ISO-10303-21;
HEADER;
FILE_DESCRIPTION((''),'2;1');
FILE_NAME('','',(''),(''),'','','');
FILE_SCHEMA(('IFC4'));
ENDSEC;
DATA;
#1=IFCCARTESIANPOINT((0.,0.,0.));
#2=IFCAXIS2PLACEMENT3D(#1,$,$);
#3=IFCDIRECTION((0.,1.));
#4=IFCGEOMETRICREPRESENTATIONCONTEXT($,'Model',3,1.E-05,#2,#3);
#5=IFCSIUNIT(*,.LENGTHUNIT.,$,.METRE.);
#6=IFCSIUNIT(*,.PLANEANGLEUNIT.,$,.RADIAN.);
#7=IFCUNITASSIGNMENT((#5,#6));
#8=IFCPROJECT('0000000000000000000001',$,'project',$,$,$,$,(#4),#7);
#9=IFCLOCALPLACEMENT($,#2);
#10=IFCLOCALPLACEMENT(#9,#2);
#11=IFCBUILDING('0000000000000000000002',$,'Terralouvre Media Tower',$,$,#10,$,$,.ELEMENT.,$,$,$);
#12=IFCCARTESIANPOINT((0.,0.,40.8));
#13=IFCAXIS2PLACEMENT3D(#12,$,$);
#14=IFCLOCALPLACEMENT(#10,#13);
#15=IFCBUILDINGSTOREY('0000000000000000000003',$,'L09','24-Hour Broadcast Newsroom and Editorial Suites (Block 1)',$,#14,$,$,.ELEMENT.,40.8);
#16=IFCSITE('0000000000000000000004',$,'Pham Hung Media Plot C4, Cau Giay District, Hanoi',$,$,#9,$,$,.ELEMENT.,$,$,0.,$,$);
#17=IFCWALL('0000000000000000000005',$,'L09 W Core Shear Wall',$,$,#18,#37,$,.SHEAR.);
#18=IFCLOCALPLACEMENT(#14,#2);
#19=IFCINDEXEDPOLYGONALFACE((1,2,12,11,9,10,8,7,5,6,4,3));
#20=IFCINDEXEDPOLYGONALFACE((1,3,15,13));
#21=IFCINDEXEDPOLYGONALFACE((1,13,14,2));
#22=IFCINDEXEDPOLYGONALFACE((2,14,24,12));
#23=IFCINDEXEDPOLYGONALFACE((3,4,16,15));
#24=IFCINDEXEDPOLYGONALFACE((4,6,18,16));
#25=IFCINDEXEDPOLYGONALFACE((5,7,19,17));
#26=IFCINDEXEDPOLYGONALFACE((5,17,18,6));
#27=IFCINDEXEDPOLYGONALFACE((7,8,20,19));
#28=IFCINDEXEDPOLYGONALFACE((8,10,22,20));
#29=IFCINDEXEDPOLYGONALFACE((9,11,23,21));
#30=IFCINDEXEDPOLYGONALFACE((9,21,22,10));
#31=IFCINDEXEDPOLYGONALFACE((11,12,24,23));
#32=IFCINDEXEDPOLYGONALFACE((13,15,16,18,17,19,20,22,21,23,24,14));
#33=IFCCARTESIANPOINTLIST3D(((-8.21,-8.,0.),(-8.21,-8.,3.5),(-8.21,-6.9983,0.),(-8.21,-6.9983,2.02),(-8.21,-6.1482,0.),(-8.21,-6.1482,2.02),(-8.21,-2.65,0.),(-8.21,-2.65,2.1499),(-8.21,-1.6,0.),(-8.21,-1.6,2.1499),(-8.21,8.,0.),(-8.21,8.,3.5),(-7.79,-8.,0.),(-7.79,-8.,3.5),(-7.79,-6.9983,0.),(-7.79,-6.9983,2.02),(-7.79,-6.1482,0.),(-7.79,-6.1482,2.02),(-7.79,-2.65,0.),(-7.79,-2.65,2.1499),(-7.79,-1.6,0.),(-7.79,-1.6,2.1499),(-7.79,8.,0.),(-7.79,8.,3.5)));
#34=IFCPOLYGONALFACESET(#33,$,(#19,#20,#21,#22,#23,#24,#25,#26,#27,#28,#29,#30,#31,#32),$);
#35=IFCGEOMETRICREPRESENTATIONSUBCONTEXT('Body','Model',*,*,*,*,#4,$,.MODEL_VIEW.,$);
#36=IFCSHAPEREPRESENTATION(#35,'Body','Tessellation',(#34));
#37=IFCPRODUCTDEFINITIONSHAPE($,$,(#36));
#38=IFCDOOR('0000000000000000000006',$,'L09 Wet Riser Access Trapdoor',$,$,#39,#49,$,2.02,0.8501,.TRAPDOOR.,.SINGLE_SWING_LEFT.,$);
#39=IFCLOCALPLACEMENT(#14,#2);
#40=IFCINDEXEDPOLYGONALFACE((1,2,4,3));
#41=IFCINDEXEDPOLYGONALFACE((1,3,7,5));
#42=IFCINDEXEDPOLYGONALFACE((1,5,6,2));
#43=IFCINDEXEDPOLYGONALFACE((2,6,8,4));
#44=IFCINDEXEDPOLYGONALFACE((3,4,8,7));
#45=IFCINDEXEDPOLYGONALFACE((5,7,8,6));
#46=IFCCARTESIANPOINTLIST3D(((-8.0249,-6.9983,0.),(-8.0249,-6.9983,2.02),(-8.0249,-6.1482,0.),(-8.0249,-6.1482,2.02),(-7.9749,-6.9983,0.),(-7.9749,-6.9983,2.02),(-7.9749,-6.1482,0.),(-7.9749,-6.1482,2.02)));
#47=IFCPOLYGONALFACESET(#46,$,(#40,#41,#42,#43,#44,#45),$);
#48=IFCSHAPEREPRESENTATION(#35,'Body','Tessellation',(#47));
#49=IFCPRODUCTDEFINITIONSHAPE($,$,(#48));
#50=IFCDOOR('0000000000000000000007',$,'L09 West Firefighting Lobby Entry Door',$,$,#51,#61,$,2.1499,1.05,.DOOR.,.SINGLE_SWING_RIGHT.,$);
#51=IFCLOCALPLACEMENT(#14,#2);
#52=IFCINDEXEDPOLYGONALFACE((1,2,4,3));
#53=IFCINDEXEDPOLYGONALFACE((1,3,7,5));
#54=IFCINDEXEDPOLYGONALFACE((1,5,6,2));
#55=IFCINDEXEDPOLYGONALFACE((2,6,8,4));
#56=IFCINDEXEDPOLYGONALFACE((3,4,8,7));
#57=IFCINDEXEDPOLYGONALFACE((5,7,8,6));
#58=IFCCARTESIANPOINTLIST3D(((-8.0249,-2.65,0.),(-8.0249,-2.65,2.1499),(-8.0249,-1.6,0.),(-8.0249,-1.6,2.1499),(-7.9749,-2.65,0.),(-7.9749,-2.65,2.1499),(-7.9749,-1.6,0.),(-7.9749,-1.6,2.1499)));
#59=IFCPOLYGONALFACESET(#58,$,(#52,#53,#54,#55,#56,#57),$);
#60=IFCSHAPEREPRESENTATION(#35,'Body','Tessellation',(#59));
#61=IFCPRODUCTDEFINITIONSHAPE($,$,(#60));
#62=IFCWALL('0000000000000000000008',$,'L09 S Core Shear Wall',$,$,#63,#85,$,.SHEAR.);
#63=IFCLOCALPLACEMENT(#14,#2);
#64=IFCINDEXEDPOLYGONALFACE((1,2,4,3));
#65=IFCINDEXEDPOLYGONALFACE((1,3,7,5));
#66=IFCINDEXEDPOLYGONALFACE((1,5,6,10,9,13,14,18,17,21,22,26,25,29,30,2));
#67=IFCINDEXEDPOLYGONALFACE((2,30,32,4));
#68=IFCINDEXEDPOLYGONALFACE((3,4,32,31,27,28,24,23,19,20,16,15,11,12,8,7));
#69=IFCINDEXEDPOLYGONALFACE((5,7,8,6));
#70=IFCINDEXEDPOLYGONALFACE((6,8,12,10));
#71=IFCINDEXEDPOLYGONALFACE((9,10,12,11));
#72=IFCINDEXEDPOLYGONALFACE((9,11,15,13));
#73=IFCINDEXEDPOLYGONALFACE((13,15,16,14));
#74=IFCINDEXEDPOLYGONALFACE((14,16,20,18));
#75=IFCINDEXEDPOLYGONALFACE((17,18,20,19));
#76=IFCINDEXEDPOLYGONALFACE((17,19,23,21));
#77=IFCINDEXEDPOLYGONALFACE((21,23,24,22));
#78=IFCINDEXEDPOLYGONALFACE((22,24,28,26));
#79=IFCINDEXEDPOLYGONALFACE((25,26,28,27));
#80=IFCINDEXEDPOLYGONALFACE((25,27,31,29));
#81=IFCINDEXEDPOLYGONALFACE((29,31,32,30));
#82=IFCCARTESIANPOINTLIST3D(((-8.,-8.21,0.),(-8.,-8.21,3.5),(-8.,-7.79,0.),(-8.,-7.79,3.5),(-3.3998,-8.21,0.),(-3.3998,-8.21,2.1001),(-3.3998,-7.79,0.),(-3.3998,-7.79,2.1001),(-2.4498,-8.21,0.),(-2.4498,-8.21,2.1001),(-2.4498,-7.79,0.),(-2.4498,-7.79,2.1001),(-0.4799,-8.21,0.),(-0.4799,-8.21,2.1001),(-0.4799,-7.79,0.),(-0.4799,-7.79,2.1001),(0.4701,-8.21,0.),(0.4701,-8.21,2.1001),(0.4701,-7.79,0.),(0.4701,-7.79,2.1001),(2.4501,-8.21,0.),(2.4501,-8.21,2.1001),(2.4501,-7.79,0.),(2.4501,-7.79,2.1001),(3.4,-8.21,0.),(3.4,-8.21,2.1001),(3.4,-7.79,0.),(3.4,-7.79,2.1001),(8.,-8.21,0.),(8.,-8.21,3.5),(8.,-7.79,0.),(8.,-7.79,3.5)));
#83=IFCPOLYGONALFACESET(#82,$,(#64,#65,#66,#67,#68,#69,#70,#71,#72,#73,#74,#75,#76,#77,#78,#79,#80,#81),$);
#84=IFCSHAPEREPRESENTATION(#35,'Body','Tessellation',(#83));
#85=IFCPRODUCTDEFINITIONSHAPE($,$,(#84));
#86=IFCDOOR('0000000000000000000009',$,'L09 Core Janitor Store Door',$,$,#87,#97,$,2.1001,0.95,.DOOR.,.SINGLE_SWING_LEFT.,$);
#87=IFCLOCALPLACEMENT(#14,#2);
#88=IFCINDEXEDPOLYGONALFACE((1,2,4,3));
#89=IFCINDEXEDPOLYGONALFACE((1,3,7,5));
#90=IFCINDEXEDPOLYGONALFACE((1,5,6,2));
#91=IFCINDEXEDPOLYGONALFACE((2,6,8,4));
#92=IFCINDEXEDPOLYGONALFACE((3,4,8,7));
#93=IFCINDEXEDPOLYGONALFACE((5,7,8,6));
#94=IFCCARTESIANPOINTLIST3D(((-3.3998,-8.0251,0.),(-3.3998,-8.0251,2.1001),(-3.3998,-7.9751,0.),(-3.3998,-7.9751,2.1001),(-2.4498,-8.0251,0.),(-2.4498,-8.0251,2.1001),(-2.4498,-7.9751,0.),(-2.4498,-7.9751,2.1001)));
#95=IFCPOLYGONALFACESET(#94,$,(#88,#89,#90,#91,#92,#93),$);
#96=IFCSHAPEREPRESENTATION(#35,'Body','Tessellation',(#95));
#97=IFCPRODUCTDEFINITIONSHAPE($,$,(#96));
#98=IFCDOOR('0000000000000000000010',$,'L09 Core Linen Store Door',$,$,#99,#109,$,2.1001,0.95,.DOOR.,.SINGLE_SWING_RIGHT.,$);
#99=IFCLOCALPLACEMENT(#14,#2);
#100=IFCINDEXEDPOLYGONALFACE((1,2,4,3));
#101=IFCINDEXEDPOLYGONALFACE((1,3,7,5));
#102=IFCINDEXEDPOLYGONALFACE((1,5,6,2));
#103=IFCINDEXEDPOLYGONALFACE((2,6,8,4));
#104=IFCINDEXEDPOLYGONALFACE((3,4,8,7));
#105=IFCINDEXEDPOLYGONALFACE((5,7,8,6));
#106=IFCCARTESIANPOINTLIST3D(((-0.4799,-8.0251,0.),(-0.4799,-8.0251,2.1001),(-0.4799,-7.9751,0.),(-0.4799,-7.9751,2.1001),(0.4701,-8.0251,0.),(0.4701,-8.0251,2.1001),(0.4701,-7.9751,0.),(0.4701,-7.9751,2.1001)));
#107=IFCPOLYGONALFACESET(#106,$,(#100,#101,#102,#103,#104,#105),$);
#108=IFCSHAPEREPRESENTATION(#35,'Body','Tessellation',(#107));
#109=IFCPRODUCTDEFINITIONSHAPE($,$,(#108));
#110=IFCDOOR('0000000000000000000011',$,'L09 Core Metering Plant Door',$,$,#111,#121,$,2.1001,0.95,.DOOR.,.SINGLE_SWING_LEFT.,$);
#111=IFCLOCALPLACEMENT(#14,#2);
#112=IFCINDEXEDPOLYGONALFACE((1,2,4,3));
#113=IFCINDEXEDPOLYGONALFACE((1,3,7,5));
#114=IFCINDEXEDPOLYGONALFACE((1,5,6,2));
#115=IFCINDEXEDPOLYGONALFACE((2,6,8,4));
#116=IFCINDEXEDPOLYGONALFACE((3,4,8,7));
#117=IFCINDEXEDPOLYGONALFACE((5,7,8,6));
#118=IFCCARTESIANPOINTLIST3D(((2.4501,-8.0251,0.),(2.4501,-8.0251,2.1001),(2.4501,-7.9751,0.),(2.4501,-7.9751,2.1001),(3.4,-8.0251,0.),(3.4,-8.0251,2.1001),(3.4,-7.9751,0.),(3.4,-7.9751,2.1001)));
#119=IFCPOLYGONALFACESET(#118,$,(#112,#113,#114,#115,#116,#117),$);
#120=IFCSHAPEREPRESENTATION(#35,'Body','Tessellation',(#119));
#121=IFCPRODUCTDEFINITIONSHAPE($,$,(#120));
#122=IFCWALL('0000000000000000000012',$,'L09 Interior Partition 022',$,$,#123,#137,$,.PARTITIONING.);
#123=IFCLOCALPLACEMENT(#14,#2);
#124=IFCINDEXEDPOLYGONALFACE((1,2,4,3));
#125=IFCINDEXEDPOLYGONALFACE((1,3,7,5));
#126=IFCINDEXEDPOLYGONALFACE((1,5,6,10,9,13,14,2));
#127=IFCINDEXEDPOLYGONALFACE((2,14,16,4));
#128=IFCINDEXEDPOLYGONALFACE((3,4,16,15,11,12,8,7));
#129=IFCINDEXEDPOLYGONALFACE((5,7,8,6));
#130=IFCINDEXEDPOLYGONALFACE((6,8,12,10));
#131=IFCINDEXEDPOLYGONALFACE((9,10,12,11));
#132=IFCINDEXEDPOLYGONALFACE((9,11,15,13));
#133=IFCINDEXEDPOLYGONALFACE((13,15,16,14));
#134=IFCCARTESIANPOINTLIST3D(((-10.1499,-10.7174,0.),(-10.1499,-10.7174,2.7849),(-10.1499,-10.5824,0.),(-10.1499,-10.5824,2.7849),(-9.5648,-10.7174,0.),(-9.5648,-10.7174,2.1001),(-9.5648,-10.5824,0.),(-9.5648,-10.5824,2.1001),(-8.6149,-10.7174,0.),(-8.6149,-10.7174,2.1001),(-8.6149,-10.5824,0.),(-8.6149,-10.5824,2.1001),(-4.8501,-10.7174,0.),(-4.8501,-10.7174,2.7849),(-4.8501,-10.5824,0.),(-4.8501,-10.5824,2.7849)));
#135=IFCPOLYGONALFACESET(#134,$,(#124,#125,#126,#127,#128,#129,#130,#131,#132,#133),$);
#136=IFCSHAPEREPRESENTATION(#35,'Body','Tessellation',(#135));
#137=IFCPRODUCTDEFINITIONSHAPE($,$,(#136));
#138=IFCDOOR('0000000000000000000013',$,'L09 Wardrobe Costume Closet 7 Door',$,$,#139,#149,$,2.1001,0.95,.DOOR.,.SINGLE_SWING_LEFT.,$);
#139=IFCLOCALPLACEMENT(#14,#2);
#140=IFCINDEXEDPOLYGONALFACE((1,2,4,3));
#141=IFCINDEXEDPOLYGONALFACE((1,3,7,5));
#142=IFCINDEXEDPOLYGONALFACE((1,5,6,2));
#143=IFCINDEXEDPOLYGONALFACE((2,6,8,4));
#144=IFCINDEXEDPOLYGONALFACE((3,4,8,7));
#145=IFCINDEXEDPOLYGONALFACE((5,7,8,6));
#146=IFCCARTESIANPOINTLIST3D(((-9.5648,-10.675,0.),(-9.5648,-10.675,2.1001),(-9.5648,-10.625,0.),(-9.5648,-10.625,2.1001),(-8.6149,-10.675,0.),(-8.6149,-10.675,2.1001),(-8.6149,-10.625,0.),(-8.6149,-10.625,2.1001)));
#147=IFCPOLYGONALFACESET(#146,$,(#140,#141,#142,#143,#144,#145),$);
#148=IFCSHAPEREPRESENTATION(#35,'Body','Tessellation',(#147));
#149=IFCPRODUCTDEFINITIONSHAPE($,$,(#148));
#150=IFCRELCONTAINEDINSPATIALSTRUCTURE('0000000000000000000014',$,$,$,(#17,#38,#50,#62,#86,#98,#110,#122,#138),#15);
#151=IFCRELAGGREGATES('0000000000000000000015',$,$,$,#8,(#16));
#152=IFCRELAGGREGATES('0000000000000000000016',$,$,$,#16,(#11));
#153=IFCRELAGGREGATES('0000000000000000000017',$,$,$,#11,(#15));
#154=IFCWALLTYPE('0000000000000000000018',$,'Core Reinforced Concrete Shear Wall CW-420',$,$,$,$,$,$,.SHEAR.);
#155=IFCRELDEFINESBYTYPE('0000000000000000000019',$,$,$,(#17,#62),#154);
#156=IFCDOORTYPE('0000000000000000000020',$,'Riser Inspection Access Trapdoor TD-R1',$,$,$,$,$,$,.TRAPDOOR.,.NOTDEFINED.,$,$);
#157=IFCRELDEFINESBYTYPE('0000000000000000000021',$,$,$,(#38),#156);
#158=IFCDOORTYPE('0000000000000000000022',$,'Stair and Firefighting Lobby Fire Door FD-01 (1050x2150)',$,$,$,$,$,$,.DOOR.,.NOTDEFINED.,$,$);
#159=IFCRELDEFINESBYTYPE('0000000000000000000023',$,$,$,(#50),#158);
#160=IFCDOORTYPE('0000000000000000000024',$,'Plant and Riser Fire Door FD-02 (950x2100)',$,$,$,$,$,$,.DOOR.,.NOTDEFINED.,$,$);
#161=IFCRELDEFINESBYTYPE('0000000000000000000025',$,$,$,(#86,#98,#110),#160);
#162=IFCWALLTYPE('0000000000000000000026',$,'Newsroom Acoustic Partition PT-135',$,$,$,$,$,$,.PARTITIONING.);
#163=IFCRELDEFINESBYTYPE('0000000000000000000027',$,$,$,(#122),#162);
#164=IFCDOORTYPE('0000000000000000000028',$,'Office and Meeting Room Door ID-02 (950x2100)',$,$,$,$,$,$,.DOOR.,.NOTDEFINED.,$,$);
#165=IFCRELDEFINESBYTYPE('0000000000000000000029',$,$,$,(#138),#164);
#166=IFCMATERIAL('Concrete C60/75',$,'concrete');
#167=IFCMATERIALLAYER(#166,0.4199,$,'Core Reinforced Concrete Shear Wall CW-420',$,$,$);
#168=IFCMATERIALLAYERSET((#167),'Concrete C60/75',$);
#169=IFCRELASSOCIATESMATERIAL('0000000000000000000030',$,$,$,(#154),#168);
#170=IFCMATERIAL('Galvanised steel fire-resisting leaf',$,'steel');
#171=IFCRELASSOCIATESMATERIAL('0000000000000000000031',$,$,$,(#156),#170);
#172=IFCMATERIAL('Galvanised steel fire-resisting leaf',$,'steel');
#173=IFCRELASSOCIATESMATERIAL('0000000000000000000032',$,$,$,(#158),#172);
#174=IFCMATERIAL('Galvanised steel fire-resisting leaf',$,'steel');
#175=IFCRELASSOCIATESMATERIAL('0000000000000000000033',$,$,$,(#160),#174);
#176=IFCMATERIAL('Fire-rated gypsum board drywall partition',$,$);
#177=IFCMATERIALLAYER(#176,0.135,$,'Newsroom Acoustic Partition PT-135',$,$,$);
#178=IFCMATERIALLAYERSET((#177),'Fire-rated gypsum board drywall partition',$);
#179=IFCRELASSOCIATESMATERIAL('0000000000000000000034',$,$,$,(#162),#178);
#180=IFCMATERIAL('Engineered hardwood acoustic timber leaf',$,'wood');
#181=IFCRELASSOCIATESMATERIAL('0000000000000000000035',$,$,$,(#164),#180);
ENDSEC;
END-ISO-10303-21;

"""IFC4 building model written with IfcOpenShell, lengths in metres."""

from ifc_helpers import new_model, si_unit, direction, frame, frame_2d, origin, place, context, subcontext, project, spatial, rectangle, extrude, material, layer, layer_set, type_object, element, fill, save


model = new_model("IFC4")

# Units and contexts
model_context = context("Model", 3, precision=1e-05, world=origin(), true_north=direction((0.0, 1.0)))
body_context = subcontext(model_context, "Body", "Model", "MODEL_VIEW")
ifc_project = project(units=[si_unit("LENGTHUNIT", "METRE"), si_unit("PLANEANGLEUNIT", "RADIAN")], contexts=[model_context])

# Site, building, storey
site_placement = place(None, origin())
site = spatial("IfcSite", under=ifc_project, at=site_placement, Name="Pham Hung Media Plot C4, Cau Giay District, Hanoi", CompositionType="ELEMENT", RefElevation=0.0)
building_placement = place(site_placement, origin())
building = spatial("IfcBuilding", under=site, at=building_placement, Name="Terralouvre Media Tower", CompositionType="ELEMENT")
storey_placement = place(building_placement, frame((0.0, 0.0, 40.8)))
storey = spatial("IfcBuildingStorey", under=building, at=storey_placement, Name="L09", Description="24-Hour Broadcast Newsroom and Editorial Suites (Block 1)", CompositionType="ELEMENT", Elevation=40.8)

# Walls, openings, doors
ifc_material_1 = material(Name="Concrete C60/75", Category="concrete")
ifc_layer_1 = layer(ifc_material_1, 0.4199, Name="Core Reinforced Concrete Shear Wall CW-420")
ifc_layer_set_1 = layer_set([ifc_layer_1], Name="Concrete C60/75")
wall_type_1 = type_object("IfcWallType", Name="Core Reinforced Concrete Shear Wall CW-420", PredefinedType="SHEAR", material=ifc_layer_set_1)
wall_1_placement = place(storey_placement, frame((-8.0, -8.0, 0.0), z_axis=(0.0, 0.0, 1.0), x_axis=(0.0, 1.0, 0.0)))
wall_1 = element("IfcWall", 1, at=wall_1_placement, inside=storey, type_object=wall_type_1, Name="L09 W Core Shear Wall", PredefinedType="SHEAR", context=body_context, shape_type="SweptSolid", body=[
    extrude(rectangle(XDim=16.0, YDim=0.4199, at=frame_2d((8.0, 0.0))), origin(), (0.0, 0.0, 1.0), 3.5),
])
opening_1_placement = place(wall_1_placement, frame((1.0017, 0.0, 0.0)))
opening_1 = element("IfcOpeningElement", 2, at=opening_1_placement, cuts=wall_1, PredefinedType="OPENING", context=body_context, shape_type="SweptSolid", body=[
    extrude(rectangle(XDim=0.8501, YDim=2.02, at=frame_2d((0.425, 1.01))), frame((0.0, 0.22, 0.0), z_axis=(0.0, -1.0, 0.0), x_axis=(1.0, 0.0, 0.0)), (0.0, 0.0, 1.0), 0.4399),
])
opening_2_placement = place(wall_1_placement, frame((5.3501, 0.0, 0.0)))
opening_2 = element("IfcOpeningElement", 3, at=opening_2_placement, cuts=wall_1, PredefinedType="OPENING", context=body_context, shape_type="SweptSolid", body=[
    extrude(rectangle(XDim=1.05, YDim=2.1499, at=frame_2d((0.5249, 1.075))), frame((0.0, 0.22, 0.0), z_axis=(0.0, -1.0, 0.0), x_axis=(1.0, 0.0, 0.0)), (0.0, 0.0, 1.0), 0.4399),
])
ifc_material_2 = material(Name="Galvanised steel fire-resisting leaf", Category="steel")
door_type_1 = type_object("IfcDoorType", Name="Riser Inspection Access Trapdoor TD-R1", OperationType="NOTDEFINED", PredefinedType="TRAPDOOR", material=ifc_material_2)
door_1_placement = place(opening_1_placement, origin())
door_1 = element("IfcDoor", 4, at=door_1_placement, inside=storey, type_object=door_type_1, Name="L09 Wet Riser Access Trapdoor", OperationType="SINGLE_SWING_LEFT", OverallHeight=2.02, OverallWidth=0.8501, PredefinedType="TRAPDOOR", context=body_context, shape_type="SweptSolid", body=[
    extrude(rectangle(XDim=0.8501, YDim=2.02, at=frame_2d((0.425, 1.01))), frame((0.0, 0.0249, 0.0), z_axis=(0.0, -1.0, 0.0), x_axis=(1.0, 0.0, 0.0)), (0.0, 0.0, 1.0), 0.05),
])
fill(opening_1, door_1)
ifc_material_3 = material(Name="Galvanised steel fire-resisting leaf", Category="steel")
door_type_2 = type_object("IfcDoorType", Name="Stair and Firefighting Lobby Fire Door FD-01 (1050x2150)", OperationType="NOTDEFINED", PredefinedType="DOOR", material=ifc_material_3)
door_2_placement = place(opening_2_placement, origin())
door_2 = element("IfcDoor", 5, at=door_2_placement, inside=storey, type_object=door_type_2, Name="L09 West Firefighting Lobby Entry Door", OperationType="SINGLE_SWING_RIGHT", OverallHeight=2.1499, OverallWidth=1.05, PredefinedType="DOOR", context=body_context, shape_type="SweptSolid", body=[
    extrude(rectangle(XDim=1.05, YDim=2.1499, at=frame_2d((0.5249, 1.075))), frame((0.0, 0.0249, 0.0), z_axis=(0.0, -1.0, 0.0), x_axis=(1.0, 0.0, 0.0)), (0.0, 0.0, 1.0), 0.05),
])
fill(opening_2, door_2)
wall_2_placement = place(storey_placement, frame((-8.0, -8.0, 0.0), z_axis=(0.0, 0.0, 1.0), x_axis=(1.0, 0.0, 0.0)))
wall_2 = element("IfcWall", 6, at=wall_2_placement, inside=storey, type_object=wall_type_1, Name="L09 S Core Shear Wall", PredefinedType="SHEAR", context=body_context, shape_type="SweptSolid", body=[
    extrude(rectangle(XDim=16.0, YDim=0.4199, at=frame_2d((8.0, 0.0))), origin(), (0.0, 0.0, 1.0), 3.5),
])
opening_3_placement = place(wall_2_placement, frame((4.6001, 0.0, 0.0)))
opening_3 = element("IfcOpeningElement", 7, at=opening_3_placement, cuts=wall_2, PredefinedType="OPENING", context=body_context, shape_type="SweptSolid", body=[
    extrude(rectangle(XDim=0.95, YDim=2.1001, at=frame_2d((0.4751, 1.05))), frame((0.0, 0.22, 0.0), z_axis=(0.0, -1.0, 0.0), x_axis=(1.0, 0.0, 0.0)), (0.0, 0.0, 1.0), 0.4399),
])
opening_4_placement = place(wall_2_placement, frame((7.52, 0.0, 0.0)))
opening_4 = element("IfcOpeningElement", 8, at=opening_4_placement, cuts=wall_2, PredefinedType="OPENING", context=body_context, shape_type="SweptSolid", body=[
    extrude(rectangle(XDim=0.95, YDim=2.1001, at=frame_2d((0.4751, 1.05))), frame((0.0, 0.22, 0.0), z_axis=(0.0, -1.0, 0.0), x_axis=(1.0, 0.0, 0.0)), (0.0, 0.0, 1.0), 0.4399),
])
opening_5_placement = place(wall_2_placement, frame((10.45, 0.0, 0.0)))
opening_5 = element("IfcOpeningElement", 9, at=opening_5_placement, cuts=wall_2, PredefinedType="OPENING", context=body_context, shape_type="SweptSolid", body=[
    extrude(rectangle(XDim=0.95, YDim=2.1001, at=frame_2d((0.4751, 1.05))), frame((0.0, 0.22, 0.0), z_axis=(0.0, -1.0, 0.0), x_axis=(1.0, 0.0, 0.0)), (0.0, 0.0, 1.0), 0.4399),
])
ifc_material_4 = material(Name="Galvanised steel fire-resisting leaf", Category="steel")
door_type_3 = type_object("IfcDoorType", Name="Plant and Riser Fire Door FD-02 (950x2100)", OperationType="NOTDEFINED", PredefinedType="DOOR", material=ifc_material_4)
door_3_placement = place(opening_3_placement, origin())
door_3 = element("IfcDoor", 10, at=door_3_placement, inside=storey, type_object=door_type_3, Name="L09 Core Janitor Store Door", OperationType="SINGLE_SWING_LEFT", OverallHeight=2.1001, OverallWidth=0.95, PredefinedType="DOOR", context=body_context, shape_type="SweptSolid", body=[
    extrude(rectangle(XDim=0.95, YDim=2.1001, at=frame_2d((0.4751, 1.05))), frame((0.0, 0.0249, 0.0), z_axis=(0.0, -1.0, 0.0), x_axis=(1.0, 0.0, 0.0)), (0.0, 0.0, 1.0), 0.05),
])
fill(opening_3, door_3)
door_4_placement = place(opening_4_placement, origin())
door_4 = element("IfcDoor", 11, at=door_4_placement, inside=storey, type_object=door_type_3, Name="L09 Core Linen Store Door", OperationType="SINGLE_SWING_RIGHT", OverallHeight=2.1001, OverallWidth=0.95, PredefinedType="DOOR", context=body_context, shape_type="SweptSolid", body=[
    extrude(rectangle(XDim=0.95, YDim=2.1001, at=frame_2d((0.4751, 1.05))), frame((0.0, 0.0249, 0.0), z_axis=(0.0, -1.0, 0.0), x_axis=(1.0, 0.0, 0.0)), (0.0, 0.0, 1.0), 0.05),
])
fill(opening_4, door_4)
door_5_placement = place(opening_5_placement, origin())
door_5 = element("IfcDoor", 12, at=door_5_placement, inside=storey, type_object=door_type_3, Name="L09 Core Metering Plant Door", OperationType="SINGLE_SWING_LEFT", OverallHeight=2.1001, OverallWidth=0.95, PredefinedType="DOOR", context=body_context, shape_type="SweptSolid", body=[
    extrude(rectangle(XDim=0.95, YDim=2.1001, at=frame_2d((0.4751, 1.05))), frame((0.0, 0.0249, 0.0), z_axis=(0.0, -1.0, 0.0), x_axis=(1.0, 0.0, 0.0)), (0.0, 0.0, 1.0), 0.05),
])
fill(opening_5, door_5)

# Wall, opening, door
ifc_material_5 = material(Name="Fire-rated gypsum board drywall partition")
ifc_layer_2 = layer(ifc_material_5, 0.135, Name="Newsroom Acoustic Partition PT-135")
ifc_layer_set_2 = layer_set([ifc_layer_2], Name="Fire-rated gypsum board drywall partition")
wall_type_2 = type_object("IfcWallType", Name="Newsroom Acoustic Partition PT-135", PredefinedType="PARTITIONING", material=ifc_layer_set_2)
wall_3_placement = place(storey_placement, frame((-10.1499, -10.6499, 0.0), z_axis=(0.0, 0.0, 1.0), x_axis=(1.0, 0.0, 0.0)))
wall_3 = element("IfcWall", 13, at=wall_3_placement, inside=storey, type_object=wall_type_2, Name="L09 Interior Partition 022", PredefinedType="PARTITIONING", context=body_context, shape_type="SweptSolid", body=[
    extrude(rectangle(XDim=5.2998, YDim=0.135, at=frame_2d((2.6499, 0.0))), origin(), (0.0, 0.0, 1.0), 2.7849),
])
opening_6_placement = place(wall_3_placement, frame((0.585, 0.0, 0.0)))
opening_6 = element("IfcOpeningElement", 14, at=opening_6_placement, cuts=wall_3, PredefinedType="OPENING", context=body_context, shape_type="SweptSolid", body=[
    extrude(rectangle(XDim=0.95, YDim=2.1001, at=frame_2d((0.4751, 1.05))), frame((0.0, 0.0774, 0.0), z_axis=(0.0, -1.0, 0.0), x_axis=(1.0, 0.0, 0.0)), (0.0, 0.0, 1.0), 0.155),
])
ifc_material_6 = material(Name="Engineered hardwood acoustic timber leaf", Category="wood")
door_type_4 = type_object("IfcDoorType", Name="Office and Meeting Room Door ID-02 (950x2100)", OperationType="NOTDEFINED", PredefinedType="DOOR", material=ifc_material_6)
door_6_placement = place(opening_6_placement, origin())
door_6 = element("IfcDoor", 15, at=door_6_placement, inside=storey, type_object=door_type_4, Name="L09 Wardrobe Costume Closet 7 Door", OperationType="SINGLE_SWING_LEFT", OverallHeight=2.1001, OverallWidth=0.95, PredefinedType="DOOR", context=body_context, shape_type="SweptSolid", body=[
    extrude(rectangle(XDim=0.95, YDim=2.1001, at=frame_2d((0.4751, 1.05))), frame((0.0, 0.0249, 0.0), z_axis=(0.0, -1.0, 0.0), x_axis=(1.0, 0.0, 0.0)), (0.0, 0.0, 1.0), 0.05),
])
fill(opening_6, door_6)

save(model, "model.ifc")
